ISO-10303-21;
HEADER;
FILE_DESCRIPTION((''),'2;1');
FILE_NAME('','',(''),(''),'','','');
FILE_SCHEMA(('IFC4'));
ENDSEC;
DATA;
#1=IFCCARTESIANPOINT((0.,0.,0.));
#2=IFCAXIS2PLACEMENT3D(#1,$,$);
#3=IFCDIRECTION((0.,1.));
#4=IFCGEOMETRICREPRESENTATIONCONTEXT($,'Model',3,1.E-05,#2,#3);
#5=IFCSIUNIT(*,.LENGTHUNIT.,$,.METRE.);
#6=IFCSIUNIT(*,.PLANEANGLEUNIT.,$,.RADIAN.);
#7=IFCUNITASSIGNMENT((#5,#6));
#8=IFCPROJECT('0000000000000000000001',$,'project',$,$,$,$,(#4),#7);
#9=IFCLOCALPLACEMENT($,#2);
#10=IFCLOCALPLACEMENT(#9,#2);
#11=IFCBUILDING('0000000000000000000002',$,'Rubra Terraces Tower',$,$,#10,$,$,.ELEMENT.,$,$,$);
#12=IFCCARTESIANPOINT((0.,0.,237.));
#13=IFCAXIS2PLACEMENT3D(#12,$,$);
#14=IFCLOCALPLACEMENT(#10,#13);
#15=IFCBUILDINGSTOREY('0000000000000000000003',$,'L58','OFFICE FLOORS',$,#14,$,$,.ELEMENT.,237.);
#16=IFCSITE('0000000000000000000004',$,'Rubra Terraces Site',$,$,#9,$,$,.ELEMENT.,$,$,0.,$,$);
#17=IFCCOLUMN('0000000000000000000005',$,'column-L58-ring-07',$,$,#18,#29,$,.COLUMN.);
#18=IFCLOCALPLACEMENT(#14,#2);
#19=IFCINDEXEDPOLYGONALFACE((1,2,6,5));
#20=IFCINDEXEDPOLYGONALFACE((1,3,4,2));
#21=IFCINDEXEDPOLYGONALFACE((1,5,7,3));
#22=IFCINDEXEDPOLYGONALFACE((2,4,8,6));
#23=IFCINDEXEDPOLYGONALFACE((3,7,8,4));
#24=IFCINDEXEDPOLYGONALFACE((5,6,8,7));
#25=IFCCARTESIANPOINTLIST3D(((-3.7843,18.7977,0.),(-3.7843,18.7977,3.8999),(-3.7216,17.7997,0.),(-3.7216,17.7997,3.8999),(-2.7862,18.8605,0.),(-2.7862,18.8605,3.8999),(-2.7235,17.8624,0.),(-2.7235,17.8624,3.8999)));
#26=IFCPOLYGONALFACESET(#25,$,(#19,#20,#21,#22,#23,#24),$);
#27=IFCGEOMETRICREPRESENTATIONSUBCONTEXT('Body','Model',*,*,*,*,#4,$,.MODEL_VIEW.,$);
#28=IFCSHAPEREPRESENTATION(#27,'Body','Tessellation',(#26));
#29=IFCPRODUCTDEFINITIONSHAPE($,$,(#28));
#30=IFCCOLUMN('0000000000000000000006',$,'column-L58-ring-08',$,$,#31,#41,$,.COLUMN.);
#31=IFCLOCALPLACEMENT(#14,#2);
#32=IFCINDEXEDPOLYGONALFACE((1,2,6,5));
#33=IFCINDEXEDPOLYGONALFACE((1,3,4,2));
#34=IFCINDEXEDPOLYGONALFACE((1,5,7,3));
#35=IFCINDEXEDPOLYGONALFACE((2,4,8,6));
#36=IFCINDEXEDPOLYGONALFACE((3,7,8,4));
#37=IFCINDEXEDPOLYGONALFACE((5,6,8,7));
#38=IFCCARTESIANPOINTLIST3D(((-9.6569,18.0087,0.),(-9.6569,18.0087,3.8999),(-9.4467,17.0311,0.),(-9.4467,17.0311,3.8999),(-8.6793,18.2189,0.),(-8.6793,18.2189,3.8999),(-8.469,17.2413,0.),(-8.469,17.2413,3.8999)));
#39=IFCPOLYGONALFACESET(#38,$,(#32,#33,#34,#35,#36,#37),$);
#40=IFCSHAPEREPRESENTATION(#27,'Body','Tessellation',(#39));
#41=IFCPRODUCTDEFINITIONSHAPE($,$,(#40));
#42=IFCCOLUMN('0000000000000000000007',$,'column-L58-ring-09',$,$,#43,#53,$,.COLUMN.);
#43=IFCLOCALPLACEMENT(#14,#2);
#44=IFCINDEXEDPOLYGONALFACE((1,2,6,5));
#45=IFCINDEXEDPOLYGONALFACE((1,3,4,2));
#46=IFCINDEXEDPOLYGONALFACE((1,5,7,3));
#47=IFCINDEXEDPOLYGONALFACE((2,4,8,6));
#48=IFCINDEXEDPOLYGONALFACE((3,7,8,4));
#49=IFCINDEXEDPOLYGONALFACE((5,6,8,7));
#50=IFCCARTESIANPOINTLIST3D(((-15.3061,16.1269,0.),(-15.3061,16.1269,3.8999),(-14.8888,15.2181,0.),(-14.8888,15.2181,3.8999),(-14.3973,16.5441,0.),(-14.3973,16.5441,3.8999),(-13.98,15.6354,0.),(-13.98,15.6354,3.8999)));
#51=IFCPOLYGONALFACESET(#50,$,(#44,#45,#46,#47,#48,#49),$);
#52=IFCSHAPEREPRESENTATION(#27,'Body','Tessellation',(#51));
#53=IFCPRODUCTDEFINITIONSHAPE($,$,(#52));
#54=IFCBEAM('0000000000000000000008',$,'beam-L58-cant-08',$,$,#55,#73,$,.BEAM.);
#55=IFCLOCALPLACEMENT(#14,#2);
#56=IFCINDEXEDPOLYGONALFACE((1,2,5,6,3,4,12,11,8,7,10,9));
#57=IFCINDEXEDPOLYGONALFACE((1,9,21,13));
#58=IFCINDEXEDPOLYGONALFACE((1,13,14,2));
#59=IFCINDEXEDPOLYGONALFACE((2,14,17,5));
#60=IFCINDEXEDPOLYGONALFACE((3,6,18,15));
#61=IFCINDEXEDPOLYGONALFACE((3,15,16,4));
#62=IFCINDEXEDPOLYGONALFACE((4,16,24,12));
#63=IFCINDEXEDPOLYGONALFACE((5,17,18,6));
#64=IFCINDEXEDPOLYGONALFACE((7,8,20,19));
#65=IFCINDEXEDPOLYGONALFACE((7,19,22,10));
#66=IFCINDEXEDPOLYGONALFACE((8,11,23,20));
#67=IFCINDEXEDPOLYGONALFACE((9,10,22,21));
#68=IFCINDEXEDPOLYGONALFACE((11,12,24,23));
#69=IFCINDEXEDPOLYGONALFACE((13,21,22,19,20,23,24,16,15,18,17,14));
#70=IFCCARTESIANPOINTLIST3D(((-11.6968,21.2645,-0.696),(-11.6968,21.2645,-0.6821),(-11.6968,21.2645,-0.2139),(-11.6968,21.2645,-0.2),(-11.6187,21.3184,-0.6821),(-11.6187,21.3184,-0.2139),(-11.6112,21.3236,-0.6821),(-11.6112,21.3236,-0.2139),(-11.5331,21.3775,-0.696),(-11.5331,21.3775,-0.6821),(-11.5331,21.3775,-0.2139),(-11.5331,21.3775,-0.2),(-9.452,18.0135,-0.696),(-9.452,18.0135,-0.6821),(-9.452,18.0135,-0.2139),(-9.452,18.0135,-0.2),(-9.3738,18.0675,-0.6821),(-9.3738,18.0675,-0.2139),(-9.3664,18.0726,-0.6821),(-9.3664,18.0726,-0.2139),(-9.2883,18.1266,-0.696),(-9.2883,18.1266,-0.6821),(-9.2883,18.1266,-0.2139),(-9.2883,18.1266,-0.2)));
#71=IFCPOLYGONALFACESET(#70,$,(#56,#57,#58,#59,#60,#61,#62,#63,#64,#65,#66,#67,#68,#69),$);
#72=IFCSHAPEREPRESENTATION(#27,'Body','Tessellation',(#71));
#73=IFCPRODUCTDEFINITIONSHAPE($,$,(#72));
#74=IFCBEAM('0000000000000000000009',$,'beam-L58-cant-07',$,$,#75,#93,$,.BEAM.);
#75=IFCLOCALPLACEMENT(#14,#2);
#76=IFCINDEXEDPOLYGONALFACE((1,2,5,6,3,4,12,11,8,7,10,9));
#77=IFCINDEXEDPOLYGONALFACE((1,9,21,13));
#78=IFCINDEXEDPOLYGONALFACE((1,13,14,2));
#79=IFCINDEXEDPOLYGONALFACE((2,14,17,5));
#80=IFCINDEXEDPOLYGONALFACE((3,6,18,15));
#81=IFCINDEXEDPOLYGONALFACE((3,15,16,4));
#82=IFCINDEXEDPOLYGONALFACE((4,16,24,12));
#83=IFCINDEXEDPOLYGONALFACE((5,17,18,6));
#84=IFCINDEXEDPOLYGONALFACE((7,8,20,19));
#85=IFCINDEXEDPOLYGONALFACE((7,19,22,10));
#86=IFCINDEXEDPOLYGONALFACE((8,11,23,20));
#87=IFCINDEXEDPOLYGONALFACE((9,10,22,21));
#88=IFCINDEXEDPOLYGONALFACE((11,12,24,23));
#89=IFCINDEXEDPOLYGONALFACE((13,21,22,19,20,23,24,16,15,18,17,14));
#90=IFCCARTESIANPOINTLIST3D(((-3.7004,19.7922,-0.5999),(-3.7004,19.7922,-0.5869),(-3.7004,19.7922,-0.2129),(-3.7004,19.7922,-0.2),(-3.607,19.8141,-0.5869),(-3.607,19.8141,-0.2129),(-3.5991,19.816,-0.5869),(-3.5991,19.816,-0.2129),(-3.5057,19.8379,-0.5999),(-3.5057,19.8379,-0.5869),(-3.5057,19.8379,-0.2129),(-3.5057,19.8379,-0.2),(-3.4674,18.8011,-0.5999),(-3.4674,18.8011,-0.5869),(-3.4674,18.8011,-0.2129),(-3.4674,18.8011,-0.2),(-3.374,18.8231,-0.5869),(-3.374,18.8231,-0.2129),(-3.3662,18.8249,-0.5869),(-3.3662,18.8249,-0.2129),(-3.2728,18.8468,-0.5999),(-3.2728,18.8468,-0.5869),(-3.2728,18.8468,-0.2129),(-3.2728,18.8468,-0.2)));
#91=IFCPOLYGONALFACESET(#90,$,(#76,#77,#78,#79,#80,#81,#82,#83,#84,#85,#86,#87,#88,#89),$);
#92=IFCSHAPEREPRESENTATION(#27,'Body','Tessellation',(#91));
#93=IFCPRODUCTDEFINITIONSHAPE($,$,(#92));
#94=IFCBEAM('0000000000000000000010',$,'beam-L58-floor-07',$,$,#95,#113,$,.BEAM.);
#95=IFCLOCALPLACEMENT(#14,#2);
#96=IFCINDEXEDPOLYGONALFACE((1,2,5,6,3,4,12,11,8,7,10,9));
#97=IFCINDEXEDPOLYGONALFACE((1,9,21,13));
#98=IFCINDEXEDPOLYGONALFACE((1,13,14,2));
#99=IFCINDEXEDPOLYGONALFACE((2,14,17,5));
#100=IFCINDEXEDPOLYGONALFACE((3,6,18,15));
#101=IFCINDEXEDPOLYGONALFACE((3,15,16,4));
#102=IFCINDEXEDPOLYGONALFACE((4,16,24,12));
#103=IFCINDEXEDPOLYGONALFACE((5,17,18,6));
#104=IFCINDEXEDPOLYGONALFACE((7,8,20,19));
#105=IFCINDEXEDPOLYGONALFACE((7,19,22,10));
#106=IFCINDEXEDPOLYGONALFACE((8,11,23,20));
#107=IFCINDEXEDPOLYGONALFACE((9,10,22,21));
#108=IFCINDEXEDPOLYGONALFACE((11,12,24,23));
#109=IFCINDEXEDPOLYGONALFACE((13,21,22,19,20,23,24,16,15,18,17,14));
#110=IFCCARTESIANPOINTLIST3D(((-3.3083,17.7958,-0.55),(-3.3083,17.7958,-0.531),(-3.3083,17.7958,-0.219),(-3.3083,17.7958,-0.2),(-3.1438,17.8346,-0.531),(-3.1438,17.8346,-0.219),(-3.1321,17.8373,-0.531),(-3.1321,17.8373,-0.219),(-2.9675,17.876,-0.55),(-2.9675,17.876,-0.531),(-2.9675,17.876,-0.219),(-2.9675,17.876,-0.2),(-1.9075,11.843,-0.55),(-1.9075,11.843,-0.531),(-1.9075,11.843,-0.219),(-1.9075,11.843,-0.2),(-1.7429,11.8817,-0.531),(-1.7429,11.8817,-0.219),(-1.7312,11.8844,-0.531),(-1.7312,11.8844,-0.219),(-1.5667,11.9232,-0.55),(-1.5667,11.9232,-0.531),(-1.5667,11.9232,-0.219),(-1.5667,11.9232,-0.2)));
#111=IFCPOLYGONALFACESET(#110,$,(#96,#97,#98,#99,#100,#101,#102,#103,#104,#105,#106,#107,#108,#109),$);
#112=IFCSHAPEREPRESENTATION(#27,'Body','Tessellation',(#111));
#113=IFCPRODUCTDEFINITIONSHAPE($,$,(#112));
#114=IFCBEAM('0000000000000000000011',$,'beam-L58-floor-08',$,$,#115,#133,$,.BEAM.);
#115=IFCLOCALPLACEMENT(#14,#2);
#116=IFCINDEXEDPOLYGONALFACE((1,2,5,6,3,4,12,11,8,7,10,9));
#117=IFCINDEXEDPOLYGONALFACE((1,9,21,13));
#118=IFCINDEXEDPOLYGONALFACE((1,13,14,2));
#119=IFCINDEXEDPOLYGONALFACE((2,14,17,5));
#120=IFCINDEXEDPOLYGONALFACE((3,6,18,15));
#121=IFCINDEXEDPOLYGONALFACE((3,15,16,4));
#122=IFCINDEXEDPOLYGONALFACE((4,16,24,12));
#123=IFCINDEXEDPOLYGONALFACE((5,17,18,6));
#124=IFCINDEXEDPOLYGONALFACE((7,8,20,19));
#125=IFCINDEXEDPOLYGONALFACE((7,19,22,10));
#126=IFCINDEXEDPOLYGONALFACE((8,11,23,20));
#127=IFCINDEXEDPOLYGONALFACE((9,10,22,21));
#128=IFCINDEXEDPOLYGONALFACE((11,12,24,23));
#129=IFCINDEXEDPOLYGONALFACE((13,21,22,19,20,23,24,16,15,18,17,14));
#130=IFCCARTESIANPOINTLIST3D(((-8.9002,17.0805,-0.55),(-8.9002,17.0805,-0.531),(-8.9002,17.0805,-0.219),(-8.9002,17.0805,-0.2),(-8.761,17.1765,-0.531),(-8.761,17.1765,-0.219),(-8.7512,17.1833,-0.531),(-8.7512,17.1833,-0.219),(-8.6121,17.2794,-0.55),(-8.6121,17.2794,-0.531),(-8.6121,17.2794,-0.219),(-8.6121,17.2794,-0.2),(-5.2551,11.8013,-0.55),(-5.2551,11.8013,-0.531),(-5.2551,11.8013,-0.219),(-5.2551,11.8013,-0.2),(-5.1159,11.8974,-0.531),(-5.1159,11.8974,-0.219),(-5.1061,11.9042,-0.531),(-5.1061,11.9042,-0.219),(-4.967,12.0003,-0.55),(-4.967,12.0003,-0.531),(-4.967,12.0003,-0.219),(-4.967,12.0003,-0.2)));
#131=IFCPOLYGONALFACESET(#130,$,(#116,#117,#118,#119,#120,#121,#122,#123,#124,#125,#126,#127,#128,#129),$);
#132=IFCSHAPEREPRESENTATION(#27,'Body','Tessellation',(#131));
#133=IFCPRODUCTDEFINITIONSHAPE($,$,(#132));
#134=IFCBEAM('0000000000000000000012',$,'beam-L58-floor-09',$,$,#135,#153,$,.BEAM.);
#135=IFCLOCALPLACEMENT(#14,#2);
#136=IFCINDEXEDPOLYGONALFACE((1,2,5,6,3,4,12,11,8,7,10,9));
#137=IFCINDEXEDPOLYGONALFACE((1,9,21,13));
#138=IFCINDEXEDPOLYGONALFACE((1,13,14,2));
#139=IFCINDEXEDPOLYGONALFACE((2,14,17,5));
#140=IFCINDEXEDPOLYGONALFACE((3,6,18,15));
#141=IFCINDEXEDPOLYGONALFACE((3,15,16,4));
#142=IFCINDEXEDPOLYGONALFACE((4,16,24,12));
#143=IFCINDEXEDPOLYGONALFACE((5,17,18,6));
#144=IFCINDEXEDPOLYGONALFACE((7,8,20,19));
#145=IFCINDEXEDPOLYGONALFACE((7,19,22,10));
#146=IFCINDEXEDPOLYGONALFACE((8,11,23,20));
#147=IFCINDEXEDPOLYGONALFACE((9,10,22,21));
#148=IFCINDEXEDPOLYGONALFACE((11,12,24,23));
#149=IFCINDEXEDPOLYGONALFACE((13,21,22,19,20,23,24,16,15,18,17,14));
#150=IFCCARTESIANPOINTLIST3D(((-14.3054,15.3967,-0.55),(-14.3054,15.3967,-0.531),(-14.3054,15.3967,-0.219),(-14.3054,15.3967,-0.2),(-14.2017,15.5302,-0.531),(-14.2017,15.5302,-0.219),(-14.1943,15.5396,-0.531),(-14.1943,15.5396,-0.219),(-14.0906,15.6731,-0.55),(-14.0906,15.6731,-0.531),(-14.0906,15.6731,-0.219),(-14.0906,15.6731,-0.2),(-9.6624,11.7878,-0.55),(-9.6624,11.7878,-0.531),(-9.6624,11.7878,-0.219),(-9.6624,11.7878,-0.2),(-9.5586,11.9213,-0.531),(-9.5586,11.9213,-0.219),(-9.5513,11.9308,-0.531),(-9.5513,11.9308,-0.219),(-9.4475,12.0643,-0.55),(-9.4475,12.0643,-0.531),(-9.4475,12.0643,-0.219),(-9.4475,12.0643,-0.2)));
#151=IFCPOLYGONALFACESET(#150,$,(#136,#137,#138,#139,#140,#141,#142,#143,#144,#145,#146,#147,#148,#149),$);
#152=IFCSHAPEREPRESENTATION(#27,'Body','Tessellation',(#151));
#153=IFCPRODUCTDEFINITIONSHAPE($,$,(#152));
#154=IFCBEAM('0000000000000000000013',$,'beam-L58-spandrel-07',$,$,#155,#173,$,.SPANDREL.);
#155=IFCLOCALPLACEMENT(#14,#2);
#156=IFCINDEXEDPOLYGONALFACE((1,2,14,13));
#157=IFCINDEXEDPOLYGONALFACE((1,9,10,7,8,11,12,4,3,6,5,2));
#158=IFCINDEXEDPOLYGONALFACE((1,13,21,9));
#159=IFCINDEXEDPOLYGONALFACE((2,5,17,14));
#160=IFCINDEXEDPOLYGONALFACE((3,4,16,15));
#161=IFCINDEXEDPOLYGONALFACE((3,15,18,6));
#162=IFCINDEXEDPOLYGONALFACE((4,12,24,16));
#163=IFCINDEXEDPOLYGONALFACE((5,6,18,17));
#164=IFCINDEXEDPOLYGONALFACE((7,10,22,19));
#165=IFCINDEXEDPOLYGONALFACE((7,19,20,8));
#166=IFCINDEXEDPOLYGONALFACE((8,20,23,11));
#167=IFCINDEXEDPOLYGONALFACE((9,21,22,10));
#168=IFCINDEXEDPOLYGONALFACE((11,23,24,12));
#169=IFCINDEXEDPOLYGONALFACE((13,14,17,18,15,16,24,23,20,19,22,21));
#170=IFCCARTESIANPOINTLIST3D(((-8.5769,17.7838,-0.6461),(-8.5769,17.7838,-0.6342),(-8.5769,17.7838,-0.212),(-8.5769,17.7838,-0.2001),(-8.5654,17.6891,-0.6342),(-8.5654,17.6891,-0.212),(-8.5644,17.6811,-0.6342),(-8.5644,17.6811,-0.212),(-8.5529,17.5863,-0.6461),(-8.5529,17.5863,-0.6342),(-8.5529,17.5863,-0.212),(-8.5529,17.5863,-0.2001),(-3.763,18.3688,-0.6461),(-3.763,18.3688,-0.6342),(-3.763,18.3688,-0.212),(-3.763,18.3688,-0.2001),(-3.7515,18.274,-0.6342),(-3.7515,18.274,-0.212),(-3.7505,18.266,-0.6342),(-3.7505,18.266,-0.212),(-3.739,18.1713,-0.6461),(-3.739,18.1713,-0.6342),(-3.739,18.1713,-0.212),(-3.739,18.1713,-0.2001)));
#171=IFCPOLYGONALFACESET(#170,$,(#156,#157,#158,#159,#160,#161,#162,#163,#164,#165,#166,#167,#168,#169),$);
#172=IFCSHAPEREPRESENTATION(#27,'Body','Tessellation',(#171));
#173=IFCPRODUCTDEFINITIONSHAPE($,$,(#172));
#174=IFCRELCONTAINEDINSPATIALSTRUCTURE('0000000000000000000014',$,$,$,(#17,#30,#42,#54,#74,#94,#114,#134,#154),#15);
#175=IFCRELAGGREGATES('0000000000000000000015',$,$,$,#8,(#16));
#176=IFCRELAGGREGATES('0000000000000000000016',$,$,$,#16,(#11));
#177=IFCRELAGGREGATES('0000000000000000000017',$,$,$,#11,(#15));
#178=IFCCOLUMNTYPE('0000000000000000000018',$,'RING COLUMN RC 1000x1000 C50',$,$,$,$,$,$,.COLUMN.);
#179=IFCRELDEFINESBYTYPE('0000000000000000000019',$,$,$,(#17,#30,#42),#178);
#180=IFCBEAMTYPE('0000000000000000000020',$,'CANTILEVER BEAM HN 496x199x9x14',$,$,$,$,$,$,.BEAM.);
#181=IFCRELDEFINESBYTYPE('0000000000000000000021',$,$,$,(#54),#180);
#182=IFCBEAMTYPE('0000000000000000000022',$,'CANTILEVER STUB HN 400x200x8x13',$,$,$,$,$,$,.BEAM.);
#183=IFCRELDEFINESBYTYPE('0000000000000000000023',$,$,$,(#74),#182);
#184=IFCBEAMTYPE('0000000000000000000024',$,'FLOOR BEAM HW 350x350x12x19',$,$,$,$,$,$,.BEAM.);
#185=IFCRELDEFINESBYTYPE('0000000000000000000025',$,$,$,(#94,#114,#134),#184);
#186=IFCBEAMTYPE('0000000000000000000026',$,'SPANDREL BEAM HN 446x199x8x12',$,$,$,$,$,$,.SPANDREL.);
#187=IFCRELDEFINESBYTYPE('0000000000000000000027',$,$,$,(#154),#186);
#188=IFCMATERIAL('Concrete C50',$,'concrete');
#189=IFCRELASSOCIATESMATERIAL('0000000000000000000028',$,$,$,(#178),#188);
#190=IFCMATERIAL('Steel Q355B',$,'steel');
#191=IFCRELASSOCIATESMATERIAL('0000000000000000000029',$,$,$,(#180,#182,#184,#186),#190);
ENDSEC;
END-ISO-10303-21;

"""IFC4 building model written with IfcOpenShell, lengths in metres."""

from ifc_helpers import new_model, si_unit, direction, frame, origin, origin_2d, place, context, subcontext, project, spatial, rectangle, i_section, extrude, material, material_profile, profile_set, type_object, element, save


model = new_model("IFC4")

# Units and contexts
model_context = context("Model", 3, precision=1e-05, world=origin(), true_north=direction((0.0, 1.0)))
body_context = subcontext(model_context, "Body", "Model", "MODEL_VIEW")
ifc_project = project(units=[si_unit("LENGTHUNIT", "METRE"), si_unit("PLANEANGLEUNIT", "RADIAN")], contexts=[model_context])

# Site, building, storey
site_placement = place(None, origin())
site = spatial("IfcSite", under=ifc_project, at=site_placement, Name="Rubra Terraces Site", CompositionType="ELEMENT", RefElevation=0.0)
building_placement = place(site_placement, origin())
building = spatial("IfcBuilding", under=site, at=building_placement, Name="Rubra Terraces Tower", CompositionType="ELEMENT")
storey_placement = place(building_placement, frame((0.0, 0.0, 237.0)))
storey = spatial("IfcBuildingStorey", under=building, at=storey_placement, Name="L58", Description="OFFICE FLOORS", CompositionType="ELEMENT", Elevation=237.0)

# Columns
ifc_material_1 = material(Name="Concrete C50", Category="concrete")
ifc_material_profile_1 = material_profile(ifc_material_1, rectangle(XDim=1.0, YDim=1.0, at=origin_2d()), Name="RC 1000x1000")
ifc_profile_set_1 = profile_set([ifc_material_profile_1], Name="Concrete C50")
column_type = type_object("IfcColumnType", Name="RING COLUMN RC 1000x1000 C50", PredefinedType="COLUMN", material=ifc_profile_set_1)
for number, where, z_axis, x_axis, name in (
    (1, (-3.2539, 18.3301, 0.0), (0.0, 0.0, 1.0), (-0.998032, -0.062714, 0.0), "column-L58-ring-07"),
    (2, (-9.063, 17.625, 0.0), (0.0, 0.0, 1.0), (-0.977653, -0.210227, 0.0), "column-L58-ring-08"),
    (3, (-14.6431, 15.8811, 0.0), (0.0, 0.0, 1.0), (-0.908779, -0.417279, 0.0), "column-L58-ring-09"),
):
    element("IfcColumn", number, at=place(storey_placement, frame(where, z_axis=z_axis, x_axis=x_axis)), inside=storey, type_object=column_type, Name=name, PredefinedType="COLUMN", context=body_context, shape_type="SweptSolid", body=[
        extrude(rectangle(XDim=1.0, YDim=1.0, at=origin_2d()), origin(), (0.0, 0.0, 1.0), 3.8999),
    ])

# Beams
ifc_material_2 = material(Name="Steel Q355B", Category="steel")
ifc_material_profile_2 = material_profile(ifc_material_2, i_section(OverallWidth=0.199, OverallDepth=0.4961, WebThickness=0.009, FlangeThickness=0.0139, at=origin_2d()), Name="HN 496x199x9x14")
ifc_profile_set_2 = profile_set([ifc_material_profile_2], Name="Steel Q355B")
beam_type_1 = type_object("IfcBeamType", Name="CANTILEVER BEAM HN 496x199x9x14", PredefinedType="BEAM", material=ifc_profile_set_2)
beam_1_placement = place(storey_placement, frame((-9.3701, 18.0701, -0.448), z_axis=(-0.568217, 0.822879, 0.0), x_axis=(-0.822879, -0.568217, 0.0)))
element("IfcBeam", 4, at=beam_1_placement, inside=storey, type_object=beam_type_1, Name="beam-L58-cant-08", PredefinedType="BEAM", context=body_context, shape_type="SweptSolid", body=[
    extrude(i_section(OverallWidth=0.199, OverallDepth=0.4961, WebThickness=0.009, FlangeThickness=0.0139, at=origin_2d()), origin(), (0.0, 0.0, 1.0), 3.9507),
])
ifc_material_profile_3 = material_profile(ifc_material_2, i_section(OverallWidth=0.2, OverallDepth=0.3999, WebThickness=0.0081, FlangeThickness=0.0129, at=origin_2d()), Name="HN 400x200x8x13")
ifc_profile_set_3 = profile_set([ifc_material_profile_3], Name="Steel Q355B")
beam_type_2 = type_object("IfcBeamType", Name="CANTILEVER STUB HN 400x200x8x13", PredefinedType="BEAM", material=ifc_profile_set_3)
beam_2_placement = place(storey_placement, frame((-3.3701, 18.824, -0.3999), z_axis=(-0.228799, 0.973474, 0.0), x_axis=(-0.973474, -0.228799, 0.0)))
element("IfcBeam", 5, at=beam_2_placement, inside=storey, type_object=beam_type_2, Name="beam-L58-cant-07", PredefinedType="BEAM", context=body_context, shape_type="SweptSolid", body=[
    extrude(i_section(OverallWidth=0.2, OverallDepth=0.3999, WebThickness=0.0081, FlangeThickness=0.0129, at=origin_2d()), origin(), (0.0, 0.0, 1.0), 1.0181),
])
ifc_material_profile_4 = material_profile(ifc_material_2, i_section(OverallWidth=0.3501, OverallDepth=0.3501, WebThickness=0.012, FlangeThickness=0.019, at=origin_2d()), Name="HW 350x350x12x19")
ifc_profile_set_4 = profile_set([ifc_material_profile_4], Name="Steel Q355B")
beam_type_3 = type_object("IfcBeamType", Name="FLOOR BEAM HW 350x350x12x19", PredefinedType="BEAM", material=ifc_profile_set_4)
beam_3_placement = place(storey_placement, frame((-3.1379, 17.8359, -0.375), z_axis=(0.22907, -0.97341, 0.0), x_axis=(0.97341, 0.22907, 0.0)))
element("IfcBeam", 6, at=beam_3_placement, inside=storey, type_object=beam_type_3, Name="beam-L58-floor-07", PredefinedType="BEAM", context=body_context, shape_type="SweptSolid", body=[
    extrude(i_section(OverallWidth=0.3501, OverallDepth=0.3501, WebThickness=0.012, FlangeThickness=0.019, at=origin_2d()), origin(), (0.0, 0.0, 1.0), 6.1155),
])
beam_4_placement = place(storey_placement, frame((-8.7561, 17.1799, -0.375), z_axis=(0.568186, -0.8229, 0.0), x_axis=(0.8229, 0.568186, 0.0)))
element("IfcBeam", 7, at=beam_4_placement, inside=storey, type_object=beam_type_3, Name="beam-L58-floor-08", PredefinedType="BEAM", context=body_context, shape_type="SweptSolid", body=[
    extrude(i_section(OverallWidth=0.3501, OverallDepth=0.3501, WebThickness=0.012, FlangeThickness=0.019, at=origin_2d()), origin(), (0.0, 0.0, 1.0), 6.4153),
])
beam_5_placement = place(storey_placement, frame((-14.198, 15.5349, -0.375), z_axis=(0.789549, -0.613688, 0.0), x_axis=(0.613688, 0.789549, 0.0)))
element("IfcBeam", 8, at=beam_5_placement, inside=storey, type_object=beam_type_3, Name="beam-L58-floor-09", PredefinedType="BEAM", context=body_context, shape_type="SweptSolid", body=[
    extrude(i_section(OverallWidth=0.3501, OverallDepth=0.3501, WebThickness=0.012, FlangeThickness=0.019, at=origin_2d()), origin(), (0.0, 0.0, 1.0), 5.8806),
])
ifc_material_profile_5 = material_profile(ifc_material_2, i_section(OverallWidth=0.199, OverallDepth=0.446, WebThickness=0.0081, FlangeThickness=0.012, at=origin_2d()), Name="HN 446x199x8x12")
ifc_profile_set_5 = profile_set([ifc_material_profile_5], Name="Steel Q355B")
beam_type_4 = type_object("IfcBeamType", Name="SPANDREL BEAM HN 446x199x8x12", PredefinedType="SPANDREL", material=ifc_profile_set_5)
beam_6_placement = place(storey_placement, frame((-3.751, 18.27, -0.4231), z_axis=(-0.992698, -0.120626, 0.0), x_axis=(0.120626, -0.992698, 0.0)))
element("IfcBeam", 9, at=beam_6_placement, inside=storey, type_object=beam_type_4, Name="beam-L58-spandrel-07", PredefinedType="SPANDREL", context=body_context, shape_type="SweptSolid", body=[
    extrude(i_section(OverallWidth=0.199, OverallDepth=0.446, WebThickness=0.0081, FlangeThickness=0.012, at=origin_2d()), origin(), (0.0, 0.0, 1.0), 4.8494),
])

save(model, "model.ifc")
